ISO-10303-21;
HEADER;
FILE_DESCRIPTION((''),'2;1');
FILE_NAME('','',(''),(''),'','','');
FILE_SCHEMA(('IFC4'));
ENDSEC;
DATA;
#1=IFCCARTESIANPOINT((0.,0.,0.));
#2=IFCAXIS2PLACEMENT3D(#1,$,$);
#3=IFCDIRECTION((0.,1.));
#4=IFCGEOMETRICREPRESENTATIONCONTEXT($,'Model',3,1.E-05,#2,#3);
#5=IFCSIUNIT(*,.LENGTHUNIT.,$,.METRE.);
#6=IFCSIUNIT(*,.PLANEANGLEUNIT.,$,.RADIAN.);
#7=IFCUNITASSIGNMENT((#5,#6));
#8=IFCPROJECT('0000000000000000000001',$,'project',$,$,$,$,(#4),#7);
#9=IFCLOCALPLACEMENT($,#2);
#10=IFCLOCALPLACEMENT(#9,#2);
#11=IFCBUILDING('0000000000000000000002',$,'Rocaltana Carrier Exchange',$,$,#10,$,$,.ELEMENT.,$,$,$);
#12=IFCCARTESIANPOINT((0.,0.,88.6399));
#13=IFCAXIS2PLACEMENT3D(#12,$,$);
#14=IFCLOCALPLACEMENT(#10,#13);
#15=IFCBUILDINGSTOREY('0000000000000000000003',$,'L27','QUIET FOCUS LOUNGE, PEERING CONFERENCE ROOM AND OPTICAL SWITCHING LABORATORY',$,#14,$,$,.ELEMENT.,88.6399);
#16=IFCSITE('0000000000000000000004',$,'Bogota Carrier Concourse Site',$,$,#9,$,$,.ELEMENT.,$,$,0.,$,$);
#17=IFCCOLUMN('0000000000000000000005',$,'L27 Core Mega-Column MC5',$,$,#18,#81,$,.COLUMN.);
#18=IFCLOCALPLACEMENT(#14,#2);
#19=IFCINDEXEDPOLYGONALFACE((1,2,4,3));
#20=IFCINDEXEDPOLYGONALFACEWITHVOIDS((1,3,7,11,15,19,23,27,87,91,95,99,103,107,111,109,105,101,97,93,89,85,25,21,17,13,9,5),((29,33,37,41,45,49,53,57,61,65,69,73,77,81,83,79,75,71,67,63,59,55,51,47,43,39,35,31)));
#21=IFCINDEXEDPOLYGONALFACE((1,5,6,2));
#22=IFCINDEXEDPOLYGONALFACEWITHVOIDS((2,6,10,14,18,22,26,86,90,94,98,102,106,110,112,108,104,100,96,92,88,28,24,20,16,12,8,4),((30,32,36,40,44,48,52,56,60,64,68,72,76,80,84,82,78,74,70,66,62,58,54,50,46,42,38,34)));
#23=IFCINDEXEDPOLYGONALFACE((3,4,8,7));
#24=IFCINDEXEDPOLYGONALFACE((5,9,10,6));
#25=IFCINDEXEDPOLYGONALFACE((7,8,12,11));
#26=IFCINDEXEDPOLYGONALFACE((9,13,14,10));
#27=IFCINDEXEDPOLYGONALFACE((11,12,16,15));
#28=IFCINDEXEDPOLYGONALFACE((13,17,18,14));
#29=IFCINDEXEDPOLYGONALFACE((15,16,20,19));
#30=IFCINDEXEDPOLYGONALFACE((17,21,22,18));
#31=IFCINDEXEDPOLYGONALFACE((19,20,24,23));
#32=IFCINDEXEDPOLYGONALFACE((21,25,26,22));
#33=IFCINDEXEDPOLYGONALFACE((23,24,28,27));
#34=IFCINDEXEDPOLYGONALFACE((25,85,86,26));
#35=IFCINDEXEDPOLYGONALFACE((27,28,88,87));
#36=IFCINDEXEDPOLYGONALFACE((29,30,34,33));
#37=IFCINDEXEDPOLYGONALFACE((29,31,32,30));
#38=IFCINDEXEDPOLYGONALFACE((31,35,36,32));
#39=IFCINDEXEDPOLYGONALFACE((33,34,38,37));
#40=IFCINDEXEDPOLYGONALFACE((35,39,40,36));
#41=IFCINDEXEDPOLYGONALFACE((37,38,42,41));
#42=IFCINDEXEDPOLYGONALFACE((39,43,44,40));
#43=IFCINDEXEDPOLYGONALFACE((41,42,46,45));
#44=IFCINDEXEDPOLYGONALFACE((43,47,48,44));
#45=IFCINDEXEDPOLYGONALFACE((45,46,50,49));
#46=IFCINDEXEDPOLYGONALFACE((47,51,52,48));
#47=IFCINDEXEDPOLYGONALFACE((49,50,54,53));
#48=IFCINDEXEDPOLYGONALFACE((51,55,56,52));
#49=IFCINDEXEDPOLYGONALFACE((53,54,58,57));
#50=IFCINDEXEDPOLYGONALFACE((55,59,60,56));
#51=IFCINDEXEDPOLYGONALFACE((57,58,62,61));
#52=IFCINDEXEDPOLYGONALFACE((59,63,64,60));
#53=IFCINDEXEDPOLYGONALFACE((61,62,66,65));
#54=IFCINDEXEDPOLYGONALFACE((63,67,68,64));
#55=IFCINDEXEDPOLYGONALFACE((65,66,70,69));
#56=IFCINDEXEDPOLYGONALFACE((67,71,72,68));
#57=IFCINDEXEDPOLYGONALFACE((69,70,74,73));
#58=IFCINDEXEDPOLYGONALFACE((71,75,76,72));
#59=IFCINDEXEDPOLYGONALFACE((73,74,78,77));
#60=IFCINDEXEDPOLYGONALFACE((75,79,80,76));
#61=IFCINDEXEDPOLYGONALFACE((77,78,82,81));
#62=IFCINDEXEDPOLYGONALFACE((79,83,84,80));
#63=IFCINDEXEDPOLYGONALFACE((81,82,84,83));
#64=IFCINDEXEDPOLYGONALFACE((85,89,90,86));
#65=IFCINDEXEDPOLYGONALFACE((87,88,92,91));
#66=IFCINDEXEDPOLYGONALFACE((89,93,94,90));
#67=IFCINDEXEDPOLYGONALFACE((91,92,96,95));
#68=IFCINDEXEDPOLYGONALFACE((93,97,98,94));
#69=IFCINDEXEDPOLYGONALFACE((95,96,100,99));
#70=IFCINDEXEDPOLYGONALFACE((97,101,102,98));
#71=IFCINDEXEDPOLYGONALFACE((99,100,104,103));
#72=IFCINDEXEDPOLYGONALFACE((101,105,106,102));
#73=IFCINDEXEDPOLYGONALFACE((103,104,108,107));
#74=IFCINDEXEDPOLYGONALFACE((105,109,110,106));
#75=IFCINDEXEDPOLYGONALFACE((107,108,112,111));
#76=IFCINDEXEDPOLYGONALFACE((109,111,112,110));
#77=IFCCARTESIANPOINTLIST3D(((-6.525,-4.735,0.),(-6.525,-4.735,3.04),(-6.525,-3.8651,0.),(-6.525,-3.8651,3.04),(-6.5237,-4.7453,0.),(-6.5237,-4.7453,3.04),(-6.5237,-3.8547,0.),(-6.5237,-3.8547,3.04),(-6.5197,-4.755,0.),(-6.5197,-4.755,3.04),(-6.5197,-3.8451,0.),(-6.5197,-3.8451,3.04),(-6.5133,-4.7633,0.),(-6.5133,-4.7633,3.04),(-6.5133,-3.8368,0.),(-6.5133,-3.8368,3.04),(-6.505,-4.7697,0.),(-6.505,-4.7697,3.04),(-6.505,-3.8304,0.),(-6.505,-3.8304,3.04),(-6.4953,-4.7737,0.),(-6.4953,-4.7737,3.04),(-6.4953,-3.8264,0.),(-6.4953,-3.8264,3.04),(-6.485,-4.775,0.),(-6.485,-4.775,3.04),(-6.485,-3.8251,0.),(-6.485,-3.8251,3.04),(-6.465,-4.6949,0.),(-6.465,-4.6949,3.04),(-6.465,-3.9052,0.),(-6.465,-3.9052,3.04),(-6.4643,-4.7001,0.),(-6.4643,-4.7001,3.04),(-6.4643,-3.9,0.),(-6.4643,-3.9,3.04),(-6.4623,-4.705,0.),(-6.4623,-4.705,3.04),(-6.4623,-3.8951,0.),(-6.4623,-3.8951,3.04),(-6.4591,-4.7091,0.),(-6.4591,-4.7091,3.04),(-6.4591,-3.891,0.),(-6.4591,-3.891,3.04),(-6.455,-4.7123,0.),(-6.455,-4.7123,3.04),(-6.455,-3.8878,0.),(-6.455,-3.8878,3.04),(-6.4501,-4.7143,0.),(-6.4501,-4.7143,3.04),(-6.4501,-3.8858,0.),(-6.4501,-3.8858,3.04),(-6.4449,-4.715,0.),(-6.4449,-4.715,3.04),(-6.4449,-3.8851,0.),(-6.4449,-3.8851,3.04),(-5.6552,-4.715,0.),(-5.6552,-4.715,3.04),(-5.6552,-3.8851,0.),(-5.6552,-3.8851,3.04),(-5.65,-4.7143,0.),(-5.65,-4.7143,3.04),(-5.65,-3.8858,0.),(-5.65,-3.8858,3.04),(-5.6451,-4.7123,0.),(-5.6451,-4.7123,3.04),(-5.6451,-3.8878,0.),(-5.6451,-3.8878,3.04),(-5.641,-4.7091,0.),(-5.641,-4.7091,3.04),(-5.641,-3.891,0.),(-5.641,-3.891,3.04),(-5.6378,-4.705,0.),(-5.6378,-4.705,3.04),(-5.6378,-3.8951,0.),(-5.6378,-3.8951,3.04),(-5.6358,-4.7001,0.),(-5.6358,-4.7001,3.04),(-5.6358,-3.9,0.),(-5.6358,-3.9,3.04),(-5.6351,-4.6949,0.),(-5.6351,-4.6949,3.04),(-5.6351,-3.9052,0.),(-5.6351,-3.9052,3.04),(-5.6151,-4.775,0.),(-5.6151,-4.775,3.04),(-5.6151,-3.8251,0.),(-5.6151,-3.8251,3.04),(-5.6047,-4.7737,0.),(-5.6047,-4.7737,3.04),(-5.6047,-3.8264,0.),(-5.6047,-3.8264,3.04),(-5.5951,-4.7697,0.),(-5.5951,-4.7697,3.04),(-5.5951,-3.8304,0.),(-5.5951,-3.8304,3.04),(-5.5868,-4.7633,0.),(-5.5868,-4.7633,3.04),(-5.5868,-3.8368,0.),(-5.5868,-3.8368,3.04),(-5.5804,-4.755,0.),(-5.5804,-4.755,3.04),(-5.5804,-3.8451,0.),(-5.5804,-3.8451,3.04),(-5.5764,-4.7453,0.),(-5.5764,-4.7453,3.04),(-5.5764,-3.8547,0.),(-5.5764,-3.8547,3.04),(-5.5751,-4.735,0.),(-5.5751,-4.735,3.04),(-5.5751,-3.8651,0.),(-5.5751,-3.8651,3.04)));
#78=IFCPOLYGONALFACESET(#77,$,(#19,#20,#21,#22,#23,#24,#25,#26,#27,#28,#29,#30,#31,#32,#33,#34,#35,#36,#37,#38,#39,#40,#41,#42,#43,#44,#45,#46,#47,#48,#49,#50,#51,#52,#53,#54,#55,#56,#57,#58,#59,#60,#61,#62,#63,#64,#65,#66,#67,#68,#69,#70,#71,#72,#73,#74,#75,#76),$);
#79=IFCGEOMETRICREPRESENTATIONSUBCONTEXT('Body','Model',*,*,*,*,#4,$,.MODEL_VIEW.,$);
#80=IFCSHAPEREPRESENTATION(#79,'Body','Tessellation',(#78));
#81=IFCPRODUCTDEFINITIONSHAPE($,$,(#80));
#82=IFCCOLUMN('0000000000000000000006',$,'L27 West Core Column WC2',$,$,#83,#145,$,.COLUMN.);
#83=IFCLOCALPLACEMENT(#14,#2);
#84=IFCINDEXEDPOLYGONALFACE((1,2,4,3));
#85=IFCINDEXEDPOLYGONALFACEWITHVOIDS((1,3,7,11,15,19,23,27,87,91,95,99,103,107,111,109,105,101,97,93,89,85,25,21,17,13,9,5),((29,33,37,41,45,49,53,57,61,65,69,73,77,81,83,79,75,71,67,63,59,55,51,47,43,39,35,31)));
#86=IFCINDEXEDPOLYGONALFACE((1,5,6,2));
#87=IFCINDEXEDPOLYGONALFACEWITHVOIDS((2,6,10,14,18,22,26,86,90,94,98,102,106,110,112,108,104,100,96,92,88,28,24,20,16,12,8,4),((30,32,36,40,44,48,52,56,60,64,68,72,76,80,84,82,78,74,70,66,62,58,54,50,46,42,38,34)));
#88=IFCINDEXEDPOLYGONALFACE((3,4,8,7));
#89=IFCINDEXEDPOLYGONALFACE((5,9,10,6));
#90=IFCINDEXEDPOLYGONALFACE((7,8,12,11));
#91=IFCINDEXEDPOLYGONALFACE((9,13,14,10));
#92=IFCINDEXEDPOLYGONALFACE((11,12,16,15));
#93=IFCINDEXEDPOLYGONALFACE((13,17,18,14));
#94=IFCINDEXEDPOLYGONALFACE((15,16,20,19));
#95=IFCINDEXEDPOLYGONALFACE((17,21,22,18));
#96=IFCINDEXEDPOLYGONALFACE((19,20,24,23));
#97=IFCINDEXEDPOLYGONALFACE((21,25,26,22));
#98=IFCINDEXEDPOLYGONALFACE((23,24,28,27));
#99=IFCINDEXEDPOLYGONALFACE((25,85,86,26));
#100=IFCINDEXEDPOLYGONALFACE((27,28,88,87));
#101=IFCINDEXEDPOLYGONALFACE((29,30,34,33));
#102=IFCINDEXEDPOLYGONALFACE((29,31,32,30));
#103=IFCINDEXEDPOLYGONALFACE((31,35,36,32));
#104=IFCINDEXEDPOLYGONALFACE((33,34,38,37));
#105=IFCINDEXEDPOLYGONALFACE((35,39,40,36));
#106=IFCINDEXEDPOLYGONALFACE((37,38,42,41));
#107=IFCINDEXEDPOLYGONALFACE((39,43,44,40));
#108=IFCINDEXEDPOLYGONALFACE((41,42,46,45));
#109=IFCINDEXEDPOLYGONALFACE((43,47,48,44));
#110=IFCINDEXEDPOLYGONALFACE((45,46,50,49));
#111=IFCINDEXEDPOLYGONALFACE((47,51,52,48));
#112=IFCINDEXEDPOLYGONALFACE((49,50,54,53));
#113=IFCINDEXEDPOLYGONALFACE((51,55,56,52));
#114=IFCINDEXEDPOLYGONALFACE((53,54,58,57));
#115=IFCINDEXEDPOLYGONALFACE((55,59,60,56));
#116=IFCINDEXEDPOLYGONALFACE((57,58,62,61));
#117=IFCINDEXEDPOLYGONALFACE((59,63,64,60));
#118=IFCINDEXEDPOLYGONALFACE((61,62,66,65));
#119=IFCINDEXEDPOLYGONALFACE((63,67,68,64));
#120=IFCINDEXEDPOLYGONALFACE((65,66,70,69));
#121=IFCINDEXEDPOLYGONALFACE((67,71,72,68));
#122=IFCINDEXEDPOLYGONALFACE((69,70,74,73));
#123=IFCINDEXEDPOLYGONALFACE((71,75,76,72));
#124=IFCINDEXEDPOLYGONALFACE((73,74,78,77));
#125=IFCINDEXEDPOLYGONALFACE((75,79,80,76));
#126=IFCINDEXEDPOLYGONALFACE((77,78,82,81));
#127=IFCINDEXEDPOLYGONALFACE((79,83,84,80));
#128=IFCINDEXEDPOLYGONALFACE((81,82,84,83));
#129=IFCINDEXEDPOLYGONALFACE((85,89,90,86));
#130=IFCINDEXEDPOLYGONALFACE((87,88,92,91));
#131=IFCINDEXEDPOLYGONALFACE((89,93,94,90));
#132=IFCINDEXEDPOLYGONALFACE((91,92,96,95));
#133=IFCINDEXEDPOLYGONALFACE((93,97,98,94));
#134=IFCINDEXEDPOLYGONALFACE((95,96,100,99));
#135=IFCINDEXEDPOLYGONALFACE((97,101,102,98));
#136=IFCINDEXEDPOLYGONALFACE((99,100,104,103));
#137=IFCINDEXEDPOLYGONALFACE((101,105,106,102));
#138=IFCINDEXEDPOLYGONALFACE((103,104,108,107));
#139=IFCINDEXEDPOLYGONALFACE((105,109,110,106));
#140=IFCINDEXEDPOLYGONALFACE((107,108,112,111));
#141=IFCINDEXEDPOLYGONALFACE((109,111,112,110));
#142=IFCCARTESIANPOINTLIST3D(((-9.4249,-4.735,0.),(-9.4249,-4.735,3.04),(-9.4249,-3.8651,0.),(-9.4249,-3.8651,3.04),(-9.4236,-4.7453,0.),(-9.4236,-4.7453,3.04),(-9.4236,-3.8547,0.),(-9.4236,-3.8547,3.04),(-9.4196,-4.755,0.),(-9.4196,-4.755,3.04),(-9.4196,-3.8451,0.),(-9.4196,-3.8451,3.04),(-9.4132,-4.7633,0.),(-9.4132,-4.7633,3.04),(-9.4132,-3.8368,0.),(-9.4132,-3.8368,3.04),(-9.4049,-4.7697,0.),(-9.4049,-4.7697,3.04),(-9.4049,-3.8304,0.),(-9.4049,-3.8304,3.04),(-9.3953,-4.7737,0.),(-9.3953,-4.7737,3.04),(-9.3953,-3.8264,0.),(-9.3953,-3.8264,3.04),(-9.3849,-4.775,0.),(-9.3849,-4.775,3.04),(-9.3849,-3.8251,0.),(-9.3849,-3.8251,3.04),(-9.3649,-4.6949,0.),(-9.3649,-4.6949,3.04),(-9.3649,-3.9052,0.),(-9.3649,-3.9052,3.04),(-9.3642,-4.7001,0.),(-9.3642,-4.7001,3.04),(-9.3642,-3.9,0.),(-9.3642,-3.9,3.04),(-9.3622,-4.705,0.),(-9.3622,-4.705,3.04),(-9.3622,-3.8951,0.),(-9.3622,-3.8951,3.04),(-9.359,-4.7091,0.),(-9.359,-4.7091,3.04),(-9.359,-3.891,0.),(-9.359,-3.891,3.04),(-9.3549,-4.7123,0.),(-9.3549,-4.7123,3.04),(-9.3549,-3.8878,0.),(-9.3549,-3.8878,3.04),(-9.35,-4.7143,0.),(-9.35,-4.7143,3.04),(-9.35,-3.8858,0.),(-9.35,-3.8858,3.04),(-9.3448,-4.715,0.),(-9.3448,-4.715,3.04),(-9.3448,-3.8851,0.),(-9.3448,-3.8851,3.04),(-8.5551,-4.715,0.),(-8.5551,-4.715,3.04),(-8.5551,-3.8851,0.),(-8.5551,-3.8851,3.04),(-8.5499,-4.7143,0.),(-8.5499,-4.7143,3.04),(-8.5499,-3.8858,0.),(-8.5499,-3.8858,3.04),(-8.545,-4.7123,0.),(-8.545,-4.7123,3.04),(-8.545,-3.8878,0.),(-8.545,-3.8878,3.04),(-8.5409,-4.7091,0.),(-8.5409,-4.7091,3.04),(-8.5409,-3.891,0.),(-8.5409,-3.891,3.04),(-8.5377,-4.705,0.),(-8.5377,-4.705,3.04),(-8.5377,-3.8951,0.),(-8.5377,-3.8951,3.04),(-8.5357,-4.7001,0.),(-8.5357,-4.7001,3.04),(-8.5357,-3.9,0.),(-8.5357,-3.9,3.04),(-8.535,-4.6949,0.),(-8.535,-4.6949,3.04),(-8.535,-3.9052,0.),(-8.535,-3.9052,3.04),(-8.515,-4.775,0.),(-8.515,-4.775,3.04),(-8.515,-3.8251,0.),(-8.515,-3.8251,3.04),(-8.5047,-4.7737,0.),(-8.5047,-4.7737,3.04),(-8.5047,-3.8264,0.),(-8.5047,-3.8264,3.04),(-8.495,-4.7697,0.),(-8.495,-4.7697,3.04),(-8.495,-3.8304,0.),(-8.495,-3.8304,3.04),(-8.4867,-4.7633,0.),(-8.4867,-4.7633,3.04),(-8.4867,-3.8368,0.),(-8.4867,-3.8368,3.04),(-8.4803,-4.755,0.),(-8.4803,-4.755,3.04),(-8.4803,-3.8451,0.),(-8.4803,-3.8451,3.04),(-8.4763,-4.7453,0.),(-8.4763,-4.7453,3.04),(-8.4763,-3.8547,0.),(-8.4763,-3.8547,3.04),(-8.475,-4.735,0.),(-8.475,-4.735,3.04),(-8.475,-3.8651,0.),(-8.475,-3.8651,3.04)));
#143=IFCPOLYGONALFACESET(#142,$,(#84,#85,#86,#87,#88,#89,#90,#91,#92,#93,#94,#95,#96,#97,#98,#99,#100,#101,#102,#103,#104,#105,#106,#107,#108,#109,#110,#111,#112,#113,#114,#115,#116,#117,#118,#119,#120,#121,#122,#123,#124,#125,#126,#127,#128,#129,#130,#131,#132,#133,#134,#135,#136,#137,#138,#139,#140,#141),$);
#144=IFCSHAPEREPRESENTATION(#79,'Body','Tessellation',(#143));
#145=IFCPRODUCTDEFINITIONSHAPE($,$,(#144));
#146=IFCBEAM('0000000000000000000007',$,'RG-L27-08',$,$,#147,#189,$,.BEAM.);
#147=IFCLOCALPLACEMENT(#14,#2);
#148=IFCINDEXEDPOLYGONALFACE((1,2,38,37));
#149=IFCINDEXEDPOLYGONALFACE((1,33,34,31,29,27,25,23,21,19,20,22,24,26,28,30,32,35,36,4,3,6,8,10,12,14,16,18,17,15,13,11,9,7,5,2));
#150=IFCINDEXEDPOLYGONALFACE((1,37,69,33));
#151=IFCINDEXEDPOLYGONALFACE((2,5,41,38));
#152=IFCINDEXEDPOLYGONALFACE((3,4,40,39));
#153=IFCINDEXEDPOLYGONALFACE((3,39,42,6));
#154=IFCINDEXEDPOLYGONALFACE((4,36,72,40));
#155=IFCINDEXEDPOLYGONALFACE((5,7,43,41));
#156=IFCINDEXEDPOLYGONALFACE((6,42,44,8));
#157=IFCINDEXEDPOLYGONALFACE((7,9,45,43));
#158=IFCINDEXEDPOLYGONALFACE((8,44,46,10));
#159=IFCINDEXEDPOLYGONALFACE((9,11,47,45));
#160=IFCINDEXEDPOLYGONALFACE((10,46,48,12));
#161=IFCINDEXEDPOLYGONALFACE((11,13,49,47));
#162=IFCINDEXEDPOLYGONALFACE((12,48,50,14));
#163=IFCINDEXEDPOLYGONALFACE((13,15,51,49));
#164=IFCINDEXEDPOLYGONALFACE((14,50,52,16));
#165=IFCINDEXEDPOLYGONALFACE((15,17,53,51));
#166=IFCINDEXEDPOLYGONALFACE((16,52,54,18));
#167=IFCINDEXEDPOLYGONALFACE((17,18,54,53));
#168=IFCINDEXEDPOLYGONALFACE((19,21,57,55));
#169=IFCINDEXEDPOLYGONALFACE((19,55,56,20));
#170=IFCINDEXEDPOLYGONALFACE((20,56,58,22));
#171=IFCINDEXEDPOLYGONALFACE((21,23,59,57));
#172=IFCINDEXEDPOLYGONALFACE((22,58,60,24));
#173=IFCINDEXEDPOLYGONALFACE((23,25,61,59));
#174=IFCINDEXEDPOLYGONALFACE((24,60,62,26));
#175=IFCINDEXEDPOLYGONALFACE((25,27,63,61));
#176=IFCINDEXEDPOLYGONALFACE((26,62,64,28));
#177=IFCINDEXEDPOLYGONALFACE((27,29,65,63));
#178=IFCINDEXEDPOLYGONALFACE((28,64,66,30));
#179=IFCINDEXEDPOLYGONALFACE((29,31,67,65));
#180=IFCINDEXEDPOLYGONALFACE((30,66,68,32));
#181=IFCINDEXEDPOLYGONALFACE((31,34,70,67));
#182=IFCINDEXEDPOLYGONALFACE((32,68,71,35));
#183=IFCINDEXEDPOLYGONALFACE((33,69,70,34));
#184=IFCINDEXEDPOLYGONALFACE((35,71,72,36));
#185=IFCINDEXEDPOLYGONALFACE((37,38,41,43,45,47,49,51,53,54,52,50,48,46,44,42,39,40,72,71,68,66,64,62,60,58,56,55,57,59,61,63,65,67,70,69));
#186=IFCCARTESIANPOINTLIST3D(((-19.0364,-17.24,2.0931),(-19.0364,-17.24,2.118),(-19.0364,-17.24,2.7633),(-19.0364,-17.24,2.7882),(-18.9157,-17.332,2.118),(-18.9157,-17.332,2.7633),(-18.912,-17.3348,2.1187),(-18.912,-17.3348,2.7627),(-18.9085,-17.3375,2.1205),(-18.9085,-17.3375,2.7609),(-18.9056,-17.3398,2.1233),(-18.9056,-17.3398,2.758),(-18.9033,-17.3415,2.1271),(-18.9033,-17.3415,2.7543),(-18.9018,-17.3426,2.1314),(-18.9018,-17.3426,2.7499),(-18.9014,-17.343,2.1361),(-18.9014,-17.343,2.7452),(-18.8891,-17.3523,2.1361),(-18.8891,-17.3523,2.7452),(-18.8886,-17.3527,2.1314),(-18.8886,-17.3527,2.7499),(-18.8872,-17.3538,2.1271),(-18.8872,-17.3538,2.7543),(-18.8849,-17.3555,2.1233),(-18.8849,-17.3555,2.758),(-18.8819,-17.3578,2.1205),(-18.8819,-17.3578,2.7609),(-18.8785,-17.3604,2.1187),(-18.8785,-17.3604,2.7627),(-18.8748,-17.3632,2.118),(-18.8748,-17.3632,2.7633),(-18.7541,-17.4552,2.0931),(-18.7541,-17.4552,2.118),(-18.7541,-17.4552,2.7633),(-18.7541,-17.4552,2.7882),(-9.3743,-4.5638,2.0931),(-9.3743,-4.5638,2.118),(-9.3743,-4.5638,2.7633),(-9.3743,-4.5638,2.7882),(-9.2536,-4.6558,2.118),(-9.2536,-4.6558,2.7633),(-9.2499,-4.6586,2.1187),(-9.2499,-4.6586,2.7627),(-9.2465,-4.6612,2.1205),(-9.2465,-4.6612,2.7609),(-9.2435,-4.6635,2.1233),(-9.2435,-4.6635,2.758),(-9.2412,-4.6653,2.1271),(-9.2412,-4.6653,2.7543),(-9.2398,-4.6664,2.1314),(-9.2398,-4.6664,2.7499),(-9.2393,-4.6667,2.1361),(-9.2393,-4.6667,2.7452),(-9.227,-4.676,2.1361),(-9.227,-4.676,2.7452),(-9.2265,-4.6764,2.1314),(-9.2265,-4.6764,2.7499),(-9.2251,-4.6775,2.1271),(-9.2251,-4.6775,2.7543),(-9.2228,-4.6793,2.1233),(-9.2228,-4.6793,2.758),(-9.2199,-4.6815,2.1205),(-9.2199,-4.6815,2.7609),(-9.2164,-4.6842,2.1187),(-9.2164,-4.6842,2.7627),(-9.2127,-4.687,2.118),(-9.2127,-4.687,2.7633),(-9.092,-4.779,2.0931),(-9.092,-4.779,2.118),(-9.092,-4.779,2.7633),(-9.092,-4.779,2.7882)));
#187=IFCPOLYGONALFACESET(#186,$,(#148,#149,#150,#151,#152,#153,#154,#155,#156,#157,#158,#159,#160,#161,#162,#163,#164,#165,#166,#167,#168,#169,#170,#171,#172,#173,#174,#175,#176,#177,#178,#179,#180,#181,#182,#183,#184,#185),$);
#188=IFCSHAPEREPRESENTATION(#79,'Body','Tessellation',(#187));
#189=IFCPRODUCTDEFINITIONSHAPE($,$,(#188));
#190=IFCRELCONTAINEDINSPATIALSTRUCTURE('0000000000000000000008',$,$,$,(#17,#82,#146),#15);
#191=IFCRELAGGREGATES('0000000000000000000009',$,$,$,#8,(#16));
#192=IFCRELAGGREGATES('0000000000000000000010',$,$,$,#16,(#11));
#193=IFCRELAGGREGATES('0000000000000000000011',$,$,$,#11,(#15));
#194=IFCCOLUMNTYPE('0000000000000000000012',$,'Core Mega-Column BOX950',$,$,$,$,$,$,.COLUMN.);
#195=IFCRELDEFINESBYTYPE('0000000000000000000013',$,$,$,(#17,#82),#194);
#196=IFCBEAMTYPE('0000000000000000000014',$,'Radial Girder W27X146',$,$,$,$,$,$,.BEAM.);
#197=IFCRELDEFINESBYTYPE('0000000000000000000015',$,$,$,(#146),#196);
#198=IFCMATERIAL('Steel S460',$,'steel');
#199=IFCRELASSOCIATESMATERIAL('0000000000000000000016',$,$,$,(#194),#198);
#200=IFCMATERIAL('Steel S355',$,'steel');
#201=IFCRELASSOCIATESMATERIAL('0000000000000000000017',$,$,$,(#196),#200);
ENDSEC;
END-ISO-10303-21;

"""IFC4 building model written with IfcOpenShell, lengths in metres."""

from ifc_helpers import new_model, si_unit, direction, frame, origin, origin_2d, place, context, subcontext, project, spatial, hollow_rectangle, i_section, extrude, material, material_profile, profile_set, type_object, element, save


model = new_model("IFC4")

# Units and contexts
model_context = context("Model", 3, precision=1e-05, world=origin(), true_north=direction((0.0, 1.0)))
body_context = subcontext(model_context, "Body", "Model", "MODEL_VIEW")
ifc_project = project(units=[si_unit("LENGTHUNIT", "METRE"), si_unit("PLANEANGLEUNIT", "RADIAN")], contexts=[model_context])

# Site, building, storey
site_placement = place(None, origin())
site = spatial("IfcSite", under=ifc_project, at=site_placement, Name="Bogota Carrier Concourse Site", CompositionType="ELEMENT", RefElevation=0.0)
building_placement = place(site_placement, origin())
building = spatial("IfcBuilding", under=site, at=building_placement, Name="Rocaltana Carrier Exchange", CompositionType="ELEMENT")
storey_placement = place(building_placement, frame((0.0, 0.0, 88.6399)))
storey = spatial("IfcBuildingStorey", under=building, at=storey_placement, Name="L27", Description="QUIET FOCUS LOUNGE, PEERING CONFERENCE ROOM AND OPTICAL SWITCHING LABORATORY", CompositionType="ELEMENT", Elevation=88.6399)

# Columns
ifc_material_1 = material(Name="Steel S460", Category="steel")
ifc_material_profile_1 = material_profile(ifc_material_1, hollow_rectangle(XDim=0.95, YDim=0.95, WallThickness=0.0601, InnerFilletRadius=0.02, OuterFilletRadius=0.04, at=origin_2d()), Name="BOX950X950X60")
ifc_profile_set_1 = profile_set([ifc_material_profile_1], Name="Steel S460")
column_type = type_object("IfcColumnType", Name="Core Mega-Column BOX950", PredefinedType="COLUMN", material=ifc_profile_set_1)
for number, where, z_axis, x_axis, name in (
    (1, (-6.05, -4.3, 0.0), (0.0, 0.0, 1.0), (1.0, 0.0, 0.0), "L27 Core Mega-Column MC5"),
    (2, (-8.95, -4.3, 0.0), (0.0, 0.0, 1.0), (1.0, 0.0, 0.0), "L27 West Core Column WC2"),
):
    element("IfcColumn", number, at=place(storey_placement, frame(where, z_axis=z_axis, x_axis=x_axis)), inside=storey, type_object=column_type, Name=name, PredefinedType="COLUMN", context=body_context, shape_type="SweptSolid", body=[
        extrude(hollow_rectangle(XDim=0.95, YDim=0.95, WallThickness=0.0601, InnerFilletRadius=0.02, OuterFilletRadius=0.04, at=origin_2d()), origin(), (0.0, 0.0, 1.0), 3.04),
    ])

# Beam
ifc_material_2 = material(Name="Steel S355", Category="steel")
ifc_material_profile_2 = material_profile(ifc_material_2, i_section(OverallWidth=0.355, OverallDepth=0.6951, WebThickness=0.0154, FlangeThickness=0.0249, FilletRadius=0.0181, at=origin_2d()), Name="W27X146")
ifc_profile_set_2 = profile_set([ifc_material_profile_2], Name="Steel S355")
beam_type = type_object("IfcBeamType", Name="Radial Girder W27X146", PredefinedType="BEAM", material=ifc_profile_set_2)
beam_1_placement = place(storey_placement, frame((-9.2332, -4.6714, 2.4407), z_axis=(-0.606202, -0.795311, 0.0), x_axis=(0.795311, -0.606202, 0.0)))
element("IfcBeam", 3, at=beam_1_placement, inside=storey, type_object=beam_type, Name="RG-L27-08", PredefinedType="BEAM", context=body_context, shape_type="SweptSolid", body=[
    extrude(i_section(OverallWidth=0.355, OverallDepth=0.6951, WebThickness=0.0154, FlangeThickness=0.0249, FilletRadius=0.0181, at=origin_2d()), origin(), (0.0, 0.0, 1.0), 15.9387),
])

save(model, "model.ifc")
